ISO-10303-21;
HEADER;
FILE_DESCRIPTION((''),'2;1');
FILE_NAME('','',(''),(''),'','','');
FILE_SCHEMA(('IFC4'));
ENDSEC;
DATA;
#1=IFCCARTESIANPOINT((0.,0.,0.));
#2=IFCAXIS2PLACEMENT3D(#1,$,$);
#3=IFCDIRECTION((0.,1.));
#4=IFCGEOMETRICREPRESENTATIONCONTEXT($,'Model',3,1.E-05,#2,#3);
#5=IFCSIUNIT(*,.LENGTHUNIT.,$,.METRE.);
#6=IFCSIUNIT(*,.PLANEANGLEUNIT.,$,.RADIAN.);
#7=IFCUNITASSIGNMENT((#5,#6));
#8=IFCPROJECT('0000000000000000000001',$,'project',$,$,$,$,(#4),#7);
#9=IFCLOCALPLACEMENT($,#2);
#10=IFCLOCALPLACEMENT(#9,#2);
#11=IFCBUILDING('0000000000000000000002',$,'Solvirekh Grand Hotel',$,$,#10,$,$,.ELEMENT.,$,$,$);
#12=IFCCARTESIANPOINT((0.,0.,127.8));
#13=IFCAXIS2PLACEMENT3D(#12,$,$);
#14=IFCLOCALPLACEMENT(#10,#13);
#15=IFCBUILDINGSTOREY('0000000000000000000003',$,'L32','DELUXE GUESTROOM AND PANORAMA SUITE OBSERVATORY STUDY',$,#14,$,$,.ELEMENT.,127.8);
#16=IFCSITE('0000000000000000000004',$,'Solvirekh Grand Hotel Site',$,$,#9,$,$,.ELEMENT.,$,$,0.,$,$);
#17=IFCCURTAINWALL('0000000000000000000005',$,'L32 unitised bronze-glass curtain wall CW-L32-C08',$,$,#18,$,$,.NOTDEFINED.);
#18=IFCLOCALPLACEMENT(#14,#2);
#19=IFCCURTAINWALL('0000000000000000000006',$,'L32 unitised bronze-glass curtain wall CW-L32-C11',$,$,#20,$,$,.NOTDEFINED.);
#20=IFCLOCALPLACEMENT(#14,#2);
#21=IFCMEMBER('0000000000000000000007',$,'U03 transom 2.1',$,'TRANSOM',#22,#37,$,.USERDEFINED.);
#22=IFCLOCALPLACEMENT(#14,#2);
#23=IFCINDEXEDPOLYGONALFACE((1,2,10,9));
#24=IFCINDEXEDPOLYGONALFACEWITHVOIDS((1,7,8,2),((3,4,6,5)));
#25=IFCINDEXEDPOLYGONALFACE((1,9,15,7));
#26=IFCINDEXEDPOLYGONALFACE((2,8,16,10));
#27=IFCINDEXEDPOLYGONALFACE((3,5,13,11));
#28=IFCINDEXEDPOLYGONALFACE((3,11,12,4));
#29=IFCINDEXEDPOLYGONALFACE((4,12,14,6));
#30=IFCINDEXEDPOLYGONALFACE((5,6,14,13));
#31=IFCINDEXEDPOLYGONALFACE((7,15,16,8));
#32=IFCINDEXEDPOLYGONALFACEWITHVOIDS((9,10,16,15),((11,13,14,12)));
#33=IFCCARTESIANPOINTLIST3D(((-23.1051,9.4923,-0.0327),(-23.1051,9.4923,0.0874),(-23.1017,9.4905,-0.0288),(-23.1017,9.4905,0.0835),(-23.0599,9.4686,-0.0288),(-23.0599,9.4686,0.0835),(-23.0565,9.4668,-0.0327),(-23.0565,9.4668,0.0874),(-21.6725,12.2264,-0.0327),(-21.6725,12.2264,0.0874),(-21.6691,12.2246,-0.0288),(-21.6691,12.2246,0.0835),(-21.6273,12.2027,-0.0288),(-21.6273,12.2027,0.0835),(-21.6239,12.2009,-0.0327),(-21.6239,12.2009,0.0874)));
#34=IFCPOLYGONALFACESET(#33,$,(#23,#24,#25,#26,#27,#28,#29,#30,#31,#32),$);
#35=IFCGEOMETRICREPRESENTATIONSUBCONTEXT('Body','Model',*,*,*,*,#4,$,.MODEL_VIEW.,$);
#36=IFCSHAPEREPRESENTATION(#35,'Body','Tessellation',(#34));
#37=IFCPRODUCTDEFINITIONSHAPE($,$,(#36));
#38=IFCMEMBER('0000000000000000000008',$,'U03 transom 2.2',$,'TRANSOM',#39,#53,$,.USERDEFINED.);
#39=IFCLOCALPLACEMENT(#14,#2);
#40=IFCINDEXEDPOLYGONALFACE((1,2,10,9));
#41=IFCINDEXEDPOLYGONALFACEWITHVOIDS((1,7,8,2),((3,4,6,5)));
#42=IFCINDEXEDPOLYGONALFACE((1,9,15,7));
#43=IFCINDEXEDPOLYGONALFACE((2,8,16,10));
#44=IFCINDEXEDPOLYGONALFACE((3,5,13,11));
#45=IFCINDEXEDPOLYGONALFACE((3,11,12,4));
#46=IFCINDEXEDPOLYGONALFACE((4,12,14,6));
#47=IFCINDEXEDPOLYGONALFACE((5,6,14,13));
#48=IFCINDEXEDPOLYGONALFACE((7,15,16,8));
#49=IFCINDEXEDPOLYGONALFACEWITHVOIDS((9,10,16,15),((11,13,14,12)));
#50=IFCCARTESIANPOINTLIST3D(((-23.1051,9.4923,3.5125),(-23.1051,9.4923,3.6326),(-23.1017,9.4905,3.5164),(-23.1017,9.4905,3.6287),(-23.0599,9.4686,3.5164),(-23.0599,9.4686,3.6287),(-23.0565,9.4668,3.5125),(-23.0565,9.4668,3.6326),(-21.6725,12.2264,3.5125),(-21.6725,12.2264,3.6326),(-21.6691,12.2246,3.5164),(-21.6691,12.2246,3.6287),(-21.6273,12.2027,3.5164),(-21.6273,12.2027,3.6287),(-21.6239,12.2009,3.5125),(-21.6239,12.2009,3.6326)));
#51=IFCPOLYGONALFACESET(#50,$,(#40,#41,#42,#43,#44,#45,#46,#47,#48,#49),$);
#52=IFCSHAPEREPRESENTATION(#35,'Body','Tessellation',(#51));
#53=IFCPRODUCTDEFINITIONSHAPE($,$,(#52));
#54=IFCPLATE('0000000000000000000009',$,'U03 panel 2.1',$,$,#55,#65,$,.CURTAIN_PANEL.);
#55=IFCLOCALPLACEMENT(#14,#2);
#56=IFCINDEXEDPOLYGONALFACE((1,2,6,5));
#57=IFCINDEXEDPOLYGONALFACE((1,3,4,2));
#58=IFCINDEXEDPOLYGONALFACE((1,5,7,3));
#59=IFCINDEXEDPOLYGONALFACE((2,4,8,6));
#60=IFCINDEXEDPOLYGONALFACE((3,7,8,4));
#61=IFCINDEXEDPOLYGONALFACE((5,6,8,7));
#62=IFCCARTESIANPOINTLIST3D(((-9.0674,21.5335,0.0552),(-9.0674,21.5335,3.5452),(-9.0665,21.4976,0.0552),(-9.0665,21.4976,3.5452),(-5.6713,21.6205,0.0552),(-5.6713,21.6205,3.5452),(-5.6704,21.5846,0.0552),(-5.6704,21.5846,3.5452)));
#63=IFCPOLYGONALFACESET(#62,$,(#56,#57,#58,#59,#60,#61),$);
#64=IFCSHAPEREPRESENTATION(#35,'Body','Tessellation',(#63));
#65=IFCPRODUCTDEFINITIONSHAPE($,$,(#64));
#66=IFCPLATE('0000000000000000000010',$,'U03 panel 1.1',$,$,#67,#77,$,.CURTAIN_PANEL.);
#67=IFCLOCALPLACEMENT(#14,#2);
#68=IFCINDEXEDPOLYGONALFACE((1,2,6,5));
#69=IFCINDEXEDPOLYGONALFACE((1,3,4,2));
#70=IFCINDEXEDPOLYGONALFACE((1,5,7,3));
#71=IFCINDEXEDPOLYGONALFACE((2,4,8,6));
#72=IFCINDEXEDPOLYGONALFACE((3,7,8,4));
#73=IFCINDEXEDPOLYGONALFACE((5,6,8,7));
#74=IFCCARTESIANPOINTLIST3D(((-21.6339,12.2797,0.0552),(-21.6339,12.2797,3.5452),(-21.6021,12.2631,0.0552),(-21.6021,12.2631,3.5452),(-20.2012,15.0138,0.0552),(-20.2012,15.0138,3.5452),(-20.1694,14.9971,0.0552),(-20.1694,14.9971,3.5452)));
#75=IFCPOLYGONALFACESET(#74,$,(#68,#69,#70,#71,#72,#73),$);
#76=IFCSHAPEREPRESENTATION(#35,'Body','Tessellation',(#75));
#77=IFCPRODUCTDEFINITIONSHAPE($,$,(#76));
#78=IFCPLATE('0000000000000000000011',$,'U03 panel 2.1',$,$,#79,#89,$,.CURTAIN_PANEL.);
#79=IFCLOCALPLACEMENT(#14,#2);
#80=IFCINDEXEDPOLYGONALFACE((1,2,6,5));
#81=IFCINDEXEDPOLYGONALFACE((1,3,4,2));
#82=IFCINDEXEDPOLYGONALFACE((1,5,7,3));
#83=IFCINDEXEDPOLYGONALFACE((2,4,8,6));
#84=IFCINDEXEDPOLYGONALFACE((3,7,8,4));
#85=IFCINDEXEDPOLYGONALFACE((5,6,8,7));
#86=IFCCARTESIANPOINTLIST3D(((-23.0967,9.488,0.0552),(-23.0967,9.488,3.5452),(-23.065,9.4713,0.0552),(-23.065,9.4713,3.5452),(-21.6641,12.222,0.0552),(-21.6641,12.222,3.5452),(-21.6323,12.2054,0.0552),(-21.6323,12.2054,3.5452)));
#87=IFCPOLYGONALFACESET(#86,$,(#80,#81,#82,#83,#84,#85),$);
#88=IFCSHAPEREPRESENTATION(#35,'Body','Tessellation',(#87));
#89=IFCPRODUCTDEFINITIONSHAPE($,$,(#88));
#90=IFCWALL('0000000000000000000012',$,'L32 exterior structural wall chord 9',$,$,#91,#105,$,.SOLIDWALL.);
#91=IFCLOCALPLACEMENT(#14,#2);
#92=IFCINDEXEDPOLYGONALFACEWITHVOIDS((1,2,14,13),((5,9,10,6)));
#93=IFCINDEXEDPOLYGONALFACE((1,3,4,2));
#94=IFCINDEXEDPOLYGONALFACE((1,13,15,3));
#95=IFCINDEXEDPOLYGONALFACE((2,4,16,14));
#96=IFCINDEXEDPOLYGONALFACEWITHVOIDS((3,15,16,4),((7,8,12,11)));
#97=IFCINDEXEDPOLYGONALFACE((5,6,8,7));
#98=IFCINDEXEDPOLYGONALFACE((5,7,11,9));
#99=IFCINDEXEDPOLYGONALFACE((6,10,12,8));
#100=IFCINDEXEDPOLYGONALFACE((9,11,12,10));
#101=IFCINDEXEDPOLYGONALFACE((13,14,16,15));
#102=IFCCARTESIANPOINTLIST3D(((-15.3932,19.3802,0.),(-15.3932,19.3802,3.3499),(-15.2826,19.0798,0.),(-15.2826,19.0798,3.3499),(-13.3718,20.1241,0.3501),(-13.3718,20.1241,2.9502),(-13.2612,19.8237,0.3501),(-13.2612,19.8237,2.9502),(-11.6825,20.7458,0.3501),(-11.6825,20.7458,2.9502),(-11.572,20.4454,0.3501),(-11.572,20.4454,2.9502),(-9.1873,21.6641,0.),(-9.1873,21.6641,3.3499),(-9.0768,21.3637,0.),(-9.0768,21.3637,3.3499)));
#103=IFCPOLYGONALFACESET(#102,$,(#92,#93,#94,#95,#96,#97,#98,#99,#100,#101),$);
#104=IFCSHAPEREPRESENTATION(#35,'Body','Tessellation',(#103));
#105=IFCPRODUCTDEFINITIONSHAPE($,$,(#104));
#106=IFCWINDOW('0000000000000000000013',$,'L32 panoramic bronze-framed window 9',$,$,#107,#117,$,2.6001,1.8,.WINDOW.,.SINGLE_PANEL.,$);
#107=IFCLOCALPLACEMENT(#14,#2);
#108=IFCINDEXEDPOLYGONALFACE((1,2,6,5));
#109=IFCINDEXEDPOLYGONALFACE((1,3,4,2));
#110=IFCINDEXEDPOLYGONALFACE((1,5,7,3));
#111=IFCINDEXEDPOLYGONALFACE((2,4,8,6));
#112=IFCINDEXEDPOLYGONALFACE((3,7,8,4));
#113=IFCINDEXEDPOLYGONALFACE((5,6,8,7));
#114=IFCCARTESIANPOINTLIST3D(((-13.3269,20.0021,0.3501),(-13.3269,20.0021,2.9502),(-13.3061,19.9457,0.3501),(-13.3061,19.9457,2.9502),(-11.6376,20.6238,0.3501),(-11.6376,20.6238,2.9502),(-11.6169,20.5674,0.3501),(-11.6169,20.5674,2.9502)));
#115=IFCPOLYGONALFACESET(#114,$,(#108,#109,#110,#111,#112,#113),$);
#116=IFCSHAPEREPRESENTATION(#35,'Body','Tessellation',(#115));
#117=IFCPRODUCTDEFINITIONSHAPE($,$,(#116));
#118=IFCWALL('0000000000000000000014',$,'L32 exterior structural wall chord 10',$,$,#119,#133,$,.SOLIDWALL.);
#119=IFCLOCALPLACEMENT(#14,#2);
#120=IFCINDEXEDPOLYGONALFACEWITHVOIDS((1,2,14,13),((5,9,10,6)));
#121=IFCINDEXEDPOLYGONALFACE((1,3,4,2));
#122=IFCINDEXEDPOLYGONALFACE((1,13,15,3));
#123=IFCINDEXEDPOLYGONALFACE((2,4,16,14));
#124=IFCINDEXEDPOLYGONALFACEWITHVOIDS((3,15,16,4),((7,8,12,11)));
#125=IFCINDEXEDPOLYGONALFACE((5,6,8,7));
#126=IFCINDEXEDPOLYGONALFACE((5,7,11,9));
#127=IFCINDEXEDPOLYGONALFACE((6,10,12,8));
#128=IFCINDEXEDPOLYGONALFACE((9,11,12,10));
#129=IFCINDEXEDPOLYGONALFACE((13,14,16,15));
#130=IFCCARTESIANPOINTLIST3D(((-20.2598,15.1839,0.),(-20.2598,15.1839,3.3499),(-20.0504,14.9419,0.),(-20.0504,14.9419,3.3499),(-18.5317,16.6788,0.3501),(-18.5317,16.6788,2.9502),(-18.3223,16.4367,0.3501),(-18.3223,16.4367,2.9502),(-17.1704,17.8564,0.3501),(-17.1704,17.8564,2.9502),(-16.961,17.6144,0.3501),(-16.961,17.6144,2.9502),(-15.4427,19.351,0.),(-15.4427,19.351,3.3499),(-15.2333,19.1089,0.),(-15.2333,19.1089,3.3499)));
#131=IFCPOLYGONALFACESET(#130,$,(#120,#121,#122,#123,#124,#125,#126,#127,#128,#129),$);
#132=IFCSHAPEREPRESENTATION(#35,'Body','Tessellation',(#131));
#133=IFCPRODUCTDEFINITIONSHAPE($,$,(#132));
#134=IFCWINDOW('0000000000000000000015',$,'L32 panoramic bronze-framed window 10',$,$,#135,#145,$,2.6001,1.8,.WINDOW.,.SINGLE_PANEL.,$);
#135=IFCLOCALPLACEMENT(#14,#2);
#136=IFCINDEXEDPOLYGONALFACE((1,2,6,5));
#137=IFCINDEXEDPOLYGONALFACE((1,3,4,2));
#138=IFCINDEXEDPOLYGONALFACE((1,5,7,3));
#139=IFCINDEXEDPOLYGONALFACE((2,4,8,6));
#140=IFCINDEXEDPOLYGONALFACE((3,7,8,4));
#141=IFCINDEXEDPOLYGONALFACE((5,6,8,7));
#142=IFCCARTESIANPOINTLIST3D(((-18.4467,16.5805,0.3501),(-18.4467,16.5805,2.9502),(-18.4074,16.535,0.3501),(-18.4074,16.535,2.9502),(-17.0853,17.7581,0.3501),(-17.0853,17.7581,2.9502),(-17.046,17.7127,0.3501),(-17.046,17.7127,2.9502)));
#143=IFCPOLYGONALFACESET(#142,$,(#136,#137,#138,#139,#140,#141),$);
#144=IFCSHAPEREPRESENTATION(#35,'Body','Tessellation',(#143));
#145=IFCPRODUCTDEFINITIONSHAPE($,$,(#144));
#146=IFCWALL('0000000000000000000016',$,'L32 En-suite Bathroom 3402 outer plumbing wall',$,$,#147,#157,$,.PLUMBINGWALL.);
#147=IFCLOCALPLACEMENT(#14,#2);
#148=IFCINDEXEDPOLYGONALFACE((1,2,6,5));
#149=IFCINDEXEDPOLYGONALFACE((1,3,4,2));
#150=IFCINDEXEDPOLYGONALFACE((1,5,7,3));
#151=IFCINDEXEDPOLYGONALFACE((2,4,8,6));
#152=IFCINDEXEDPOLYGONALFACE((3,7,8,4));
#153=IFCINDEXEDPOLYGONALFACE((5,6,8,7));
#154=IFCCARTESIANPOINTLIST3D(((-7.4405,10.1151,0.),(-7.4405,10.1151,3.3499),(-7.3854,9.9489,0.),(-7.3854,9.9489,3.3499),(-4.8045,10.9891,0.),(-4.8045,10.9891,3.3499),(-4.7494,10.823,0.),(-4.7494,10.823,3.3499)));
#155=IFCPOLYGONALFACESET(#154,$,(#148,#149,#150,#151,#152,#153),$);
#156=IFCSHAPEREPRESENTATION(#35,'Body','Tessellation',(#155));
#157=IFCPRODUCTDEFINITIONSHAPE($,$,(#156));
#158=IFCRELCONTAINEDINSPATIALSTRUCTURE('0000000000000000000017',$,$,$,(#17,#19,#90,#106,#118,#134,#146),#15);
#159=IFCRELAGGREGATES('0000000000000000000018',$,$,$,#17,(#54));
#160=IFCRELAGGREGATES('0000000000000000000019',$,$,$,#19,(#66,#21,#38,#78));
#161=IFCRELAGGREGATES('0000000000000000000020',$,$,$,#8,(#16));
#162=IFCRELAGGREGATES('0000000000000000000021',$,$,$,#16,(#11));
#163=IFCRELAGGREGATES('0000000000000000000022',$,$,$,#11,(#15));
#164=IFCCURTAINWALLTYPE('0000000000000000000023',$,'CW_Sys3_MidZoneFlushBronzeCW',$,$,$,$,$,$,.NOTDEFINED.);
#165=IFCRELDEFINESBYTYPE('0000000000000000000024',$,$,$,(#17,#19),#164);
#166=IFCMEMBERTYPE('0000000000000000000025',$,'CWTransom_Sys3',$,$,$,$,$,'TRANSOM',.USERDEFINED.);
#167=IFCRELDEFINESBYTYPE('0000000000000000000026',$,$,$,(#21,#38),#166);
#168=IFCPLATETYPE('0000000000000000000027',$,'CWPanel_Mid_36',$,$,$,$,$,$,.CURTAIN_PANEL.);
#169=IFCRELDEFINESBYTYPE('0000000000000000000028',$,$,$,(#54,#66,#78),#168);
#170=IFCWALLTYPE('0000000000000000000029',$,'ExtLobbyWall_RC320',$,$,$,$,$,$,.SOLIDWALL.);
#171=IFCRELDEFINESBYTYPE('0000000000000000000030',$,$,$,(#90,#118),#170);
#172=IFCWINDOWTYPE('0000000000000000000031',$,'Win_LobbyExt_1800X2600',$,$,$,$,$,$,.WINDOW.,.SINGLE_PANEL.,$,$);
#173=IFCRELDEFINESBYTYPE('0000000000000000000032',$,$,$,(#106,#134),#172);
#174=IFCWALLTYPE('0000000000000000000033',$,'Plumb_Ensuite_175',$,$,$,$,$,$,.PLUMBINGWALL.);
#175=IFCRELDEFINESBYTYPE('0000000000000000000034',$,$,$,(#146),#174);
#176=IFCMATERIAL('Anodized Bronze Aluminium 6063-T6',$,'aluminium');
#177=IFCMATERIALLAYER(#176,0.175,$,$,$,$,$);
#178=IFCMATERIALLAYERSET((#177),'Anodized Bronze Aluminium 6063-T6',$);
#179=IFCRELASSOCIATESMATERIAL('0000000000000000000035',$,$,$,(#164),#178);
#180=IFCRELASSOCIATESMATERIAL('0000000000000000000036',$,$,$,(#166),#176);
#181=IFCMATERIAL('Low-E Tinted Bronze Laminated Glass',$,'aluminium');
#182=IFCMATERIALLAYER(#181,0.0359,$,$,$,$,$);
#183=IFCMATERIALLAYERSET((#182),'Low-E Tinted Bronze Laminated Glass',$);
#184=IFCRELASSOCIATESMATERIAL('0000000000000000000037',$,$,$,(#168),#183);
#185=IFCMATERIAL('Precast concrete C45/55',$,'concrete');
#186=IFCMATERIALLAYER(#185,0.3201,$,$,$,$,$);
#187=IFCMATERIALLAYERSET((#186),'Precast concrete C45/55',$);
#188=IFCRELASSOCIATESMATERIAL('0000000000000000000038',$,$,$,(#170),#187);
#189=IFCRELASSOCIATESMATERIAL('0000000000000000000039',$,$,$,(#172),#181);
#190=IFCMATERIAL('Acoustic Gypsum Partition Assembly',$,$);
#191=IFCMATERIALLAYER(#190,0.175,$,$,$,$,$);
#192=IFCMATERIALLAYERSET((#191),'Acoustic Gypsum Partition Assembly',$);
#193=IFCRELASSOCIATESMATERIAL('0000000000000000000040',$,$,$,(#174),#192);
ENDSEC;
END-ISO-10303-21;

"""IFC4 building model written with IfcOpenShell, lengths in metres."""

from ifc_helpers import new_model, si_unit, direction, frame, frame_2d, origin, origin_2d, place, context, subcontext, project, spatial, rectangle, hollow_rectangle, extrude, source, transform, mapped, material, layer, layer_set, material_profile, profile_set, type_object, element, fill, aggregate, save


model = new_model("IFC4")

# Units and contexts
model_context = context("Model", 3, precision=1e-05, world=origin(), true_north=direction((0.0, 1.0)))
body_context = subcontext(model_context, "Body", "Model", "MODEL_VIEW")
ifc_project = project(units=[si_unit("LENGTHUNIT", "METRE"), si_unit("PLANEANGLEUNIT", "RADIAN")], contexts=[model_context])

# Site, building, storey
site_placement = place(None, origin())
site = spatial("IfcSite", under=ifc_project, at=site_placement, Name="Solvirekh Grand Hotel Site", CompositionType="ELEMENT", RefElevation=0.0)
building_placement = place(site_placement, origin())
building = spatial("IfcBuilding", under=site, at=building_placement, Name="Solvirekh Grand Hotel", CompositionType="ELEMENT")
storey_placement = place(building_placement, frame((0.0, 0.0, 127.8)))
storey = spatial("IfcBuildingStorey", under=building, at=storey_placement, Name="L32", Description="DELUXE GUESTROOM AND PANORAMA SUITE OBSERVATORY STUDY", CompositionType="ELEMENT", Elevation=127.8)

# Curtain wall
ifc_material_1 = material(Name="Anodized Bronze Aluminium 6063-T6", Category="aluminium")
ifc_layer_1 = layer(ifc_material_1, 0.175)
ifc_layer_set_1 = layer_set([ifc_layer_1], Name="Anodized Bronze Aluminium 6063-T6")
curtain_wall_type = type_object("IfcCurtainWallType", Name="CW_Sys3_MidZoneFlushBronzeCW", PredefinedType="NOTDEFINED", material=ifc_layer_set_1)
curtain_wall_1_placement = place(storey_placement, origin())
curtain_wall_1 = element("IfcCurtainWall", 1, at=curtain_wall_1_placement, inside=storey, type_object=curtain_wall_type, Name="L32 unitised bronze-glass curtain wall CW-L32-C08", PredefinedType="NOTDEFINED")

# Curtain wall, members
curtain_wall_2_placement = place(storey_placement, origin())
curtain_wall_2 = element("IfcCurtainWall", 2, at=curtain_wall_2_placement, inside=storey, type_object=curtain_wall_type, Name="L32 unitised bronze-glass curtain wall CW-L32-C11", PredefinedType="NOTDEFINED")
ifc_material_profile_1 = material_profile(ifc_material_1, hollow_rectangle(XDim=0.0549, YDim=0.1201, WallThickness=0.0039, at=origin_2d()), Name="ALU RHS 120X55X4")
ifc_profile_set_1 = profile_set([ifc_material_profile_1], Name="Anodized Bronze Aluminium 6063-T6")
member_type_1 = type_object("IfcMemberType", Name="CWTransom_Sys3", ElementType="TRANSOM", PredefinedType="USERDEFINED", material=ifc_profile_set_1)
shared_shape_1 = source(origin(), body_context, "Body", "SweptSolid", [
    extrude(hollow_rectangle(XDim=0.0549, YDim=0.1201, WallThickness=0.0039, at=origin_2d()), origin(), (0.0, 0.0, 1.0), 3.0867),
])
member_1_placement = place(storey_placement, frame((-21.6482, 12.2136, 0.0273), z_axis=(-0.464122, -0.885771, 0.0), x_axis=(0.885771, -0.464122, 0.0)))
member_1 = element("IfcMember", 3, at=member_1_placement, type_object=member_type_1, Name="U03 transom 2.1", ObjectType="TRANSOM", PredefinedType="USERDEFINED", context=body_context, shape_type="MappedRepresentation", body=[
    mapped(shared_shape_1, transform((0.0, 0.0, 0.0), x_axis=(1.0, 0.0, 0.0), y_axis=(0.0, 1.0, 0.0), z_axis=(0.0, 0.0, 1.0), scale=1.0)),
])
member_2_placement = place(storey_placement, frame((-21.6482, 12.2136, 3.5725), z_axis=(-0.464122, -0.885771, 0.0), x_axis=(0.885771, -0.464122, 0.0)))
member_2 = element("IfcMember", 4, at=member_2_placement, type_object=member_type_1, Name="U03 transom 2.2", ObjectType="TRANSOM", PredefinedType="USERDEFINED", context=body_context, shape_type="MappedRepresentation", body=[
    mapped(shared_shape_1, transform((0.0, 0.0, 0.0), x_axis=(1.0, 0.0, 0.0), y_axis=(0.0, 1.0, 0.0), z_axis=(0.0, 0.0, 1.0), scale=1.0)),
])

# Plates
ifc_material_2 = material(Name="Low-E Tinted Bronze Laminated Glass", Category="aluminium")
ifc_layer_2 = layer(ifc_material_2, 0.0359)
ifc_layer_set_2 = layer_set([ifc_layer_2], Name="Low-E Tinted Bronze Laminated Glass")
plate_type = type_object("IfcPlateType", Name="CWPanel_Mid_36", PredefinedType="CURTAIN_PANEL", material=ifc_layer_set_2)
shared_shape_2 = source(origin(), body_context, "Body", "SweptSolid", [
    extrude(rectangle(XDim=3.3972, YDim=0.0359, at=origin_2d()), origin(), (0.0, 0.0, 1.0), 3.49),
])
plate_1_placement = place(storey_placement, frame((-7.3689, 21.5591, 0.0552), z_axis=(0.0, 0.0, 1.0), x_axis=(-0.999672, -0.025611, 0.0)))
plate_1 = element("IfcPlate", 5, at=plate_1_placement, type_object=plate_type, Name="U03 panel 2.1", PredefinedType="CURTAIN_PANEL", context=body_context, shape_type="MappedRepresentation", body=[
    mapped(shared_shape_2, transform((0.0, 0.0, 0.0), x_axis=(1.0, 0.0, 0.0), y_axis=(0.0, 1.0, 0.0), z_axis=(0.0, 0.0, 1.0), scale=1.0)),
])
aggregate(curtain_wall_1, [plate_1])
shared_shape_3 = source(origin(), body_context, "Body", "SweptSolid", [
    extrude(rectangle(XDim=3.0867, YDim=0.0359, at=origin_2d()), origin(), (0.0, 0.0, 1.0), 3.49),
])
plate_2_placement = place(storey_placement, frame((-20.9016, 13.6384, 0.0552), z_axis=(0.0, 0.0, 1.0), x_axis=(-0.464154, -0.885755, 0.0)))
plate_2 = element("IfcPlate", 6, at=plate_2_placement, type_object=plate_type, Name="U03 panel 1.1", PredefinedType="CURTAIN_PANEL", context=body_context, shape_type="MappedRepresentation", body=[
    mapped(shared_shape_3, transform((0.0, 0.0, 0.0), x_axis=(1.0, 0.0, 0.0), y_axis=(0.0, 1.0, 0.0), z_axis=(0.0, 0.0, 1.0), scale=1.0)),
])
plate_3_placement = place(storey_placement, frame((-22.3645, 10.8467, 0.0552), z_axis=(0.0, 0.0, 1.0), x_axis=(-0.464154, -0.885755, 0.0)))
plate_3 = element("IfcPlate", 7, at=plate_3_placement, type_object=plate_type, Name="U03 panel 2.1", PredefinedType="CURTAIN_PANEL", context=body_context, shape_type="MappedRepresentation", body=[
    mapped(shared_shape_3, transform((0.0, 0.0, 0.0), x_axis=(1.0, 0.0, 0.0), y_axis=(0.0, 1.0, 0.0), z_axis=(0.0, 0.0, 1.0), scale=1.0)),
])
aggregate(curtain_wall_2, [plate_2, member_1, member_2, plate_3])

# Walls, openings, windows
ifc_material_3 = material(Name="Precast concrete C45/55", Category="concrete")
ifc_layer_3 = layer(ifc_material_3, 0.3201)
ifc_layer_set_3 = layer_set([ifc_layer_3], Name="Precast concrete C45/55")
wall_type_1 = type_object("IfcWallType", Name="ExtLobbyWall_RC320", PredefinedType="SOLIDWALL", material=ifc_layer_set_3)
wall_1_placement = place(storey_placement, frame((-15.3379, 19.23, 0.0), z_axis=(0.0, 0.0, 1.0), x_axis=(0.938462, 0.345384, 0.0)))
wall_1 = element("IfcWall", 8, at=wall_1_placement, inside=storey, type_object=wall_type_1, Name="L32 exterior structural wall chord 9", PredefinedType="SOLIDWALL", context=body_context, shape_type="SweptSolid", body=[
    extrude(rectangle(XDim=6.6128, YDim=0.3201, at=frame_2d((3.3064, 0.0))), origin(), (0.0, 0.0, 1.0), 3.3499),
])
opening_1_placement = place(wall_1_placement, frame((2.1541, 0.0, 0.3501)))
opening_1 = element("IfcOpeningElement", 9, at=opening_1_placement, cuts=wall_1, PredefinedType="OPENING", context=body_context, shape_type="SweptSolid", body=[
    extrude(rectangle(XDim=1.8, YDim=2.6001, at=frame_2d((0.8999, 1.3))), frame((0.0, 0.1699, 0.0), z_axis=(0.0, -1.0, 0.0), x_axis=(1.0, 0.0, 0.0)), (0.0, 0.0, 1.0), 0.3401),
])
window_type = type_object("IfcWindowType", Name="Win_LobbyExt_1800X2600", PartitioningType="SINGLE_PANEL", PredefinedType="WINDOW", material=ifc_material_2)
window_1_placement = place(opening_1_placement, origin())
window_1 = element("IfcWindow", 10, at=window_1_placement, inside=storey, type_object=window_type, Name="L32 panoramic bronze-framed window 9", OverallHeight=2.6001, OverallWidth=1.8, PartitioningType="SINGLE_PANEL", PredefinedType="WINDOW", context=body_context, shape_type="SweptSolid", body=[
    extrude(rectangle(XDim=1.8, YDim=2.6001, at=frame_2d((0.8999, 1.3))), frame((0.0, 0.03, 0.0), z_axis=(0.0, -1.0, 0.0), x_axis=(1.0, 0.0, 0.0)), (0.0, 0.0, 1.0), 0.0601),
])
fill(opening_1, window_1)
wall_2_placement = place(storey_placement, frame((-20.155, 15.063, 0.0), z_axis=(0.0, 0.0, 1.0), x_axis=(0.7563, 0.654225, 0.0)))
wall_2 = element("IfcWall", 11, at=wall_2_placement, inside=storey, type_object=wall_type_1, Name="L32 exterior structural wall chord 10", PredefinedType="SOLIDWALL", context=body_context, shape_type="SweptSolid", body=[
    extrude(rectangle(XDim=6.3694, YDim=0.3201, at=frame_2d((3.1846, 0.0))), origin(), (0.0, 0.0, 1.0), 3.3499),
])
opening_2_placement = place(wall_2_placement, frame((2.2849, 0.0, 0.3501)))
opening_2 = element("IfcOpeningElement", 12, at=opening_2_placement, cuts=wall_2, PredefinedType="OPENING", context=body_context, shape_type="SweptSolid", body=[
    extrude(rectangle(XDim=1.8, YDim=2.6001, at=frame_2d((0.8999, 1.3))), frame((0.0, 0.1699, 0.0), z_axis=(0.0, -1.0, 0.0), x_axis=(1.0, 0.0, 0.0)), (0.0, 0.0, 1.0), 0.3401),
])
window_2_placement = place(opening_2_placement, origin())
window_2 = element("IfcWindow", 13, at=window_2_placement, inside=storey, type_object=window_type, Name="L32 panoramic bronze-framed window 10", OverallHeight=2.6001, OverallWidth=1.8, PartitioningType="SINGLE_PANEL", PredefinedType="WINDOW", context=body_context, shape_type="SweptSolid", body=[
    extrude(rectangle(XDim=1.8, YDim=2.6001, at=frame_2d((0.8999, 1.3))), frame((0.0, 0.03, 0.0), z_axis=(0.0, -1.0, 0.0), x_axis=(1.0, 0.0, 0.0)), (0.0, 0.0, 1.0), 0.0601),
])
fill(opening_2, window_2)

# Wall
ifc_material_4 = material(Name="Acoustic Gypsum Partition Assembly")
ifc_layer_4 = layer(ifc_material_4, 0.175)
ifc_layer_set_4 = layer_set([ifc_layer_4], Name="Acoustic Gypsum Partition Assembly")
wall_type_2 = type_object("IfcWallType", Name="Plumb_Ensuite_175", PredefinedType="PLUMBINGWALL", material=ifc_layer_set_4)
wall_3_placement = place(storey_placement, frame((-7.4131, 10.032, 0.0), z_axis=(0.0, 0.0, 1.0), x_axis=(0.949183, 0.314724, 0.0)))
element("IfcWall", 14, at=wall_3_placement, inside=storey, type_object=wall_type_2, Name="L32 En-suite Bathroom 3402 outer plumbing wall", PredefinedType="PLUMBINGWALL", context=body_context, shape_type="SweptSolid", body=[
    extrude(rectangle(XDim=2.7771, YDim=0.175, at=frame_2d((1.3887, 0.0))), origin(), (0.0, 0.0, 1.0), 3.3499),
])

save(model, "model.ifc")
